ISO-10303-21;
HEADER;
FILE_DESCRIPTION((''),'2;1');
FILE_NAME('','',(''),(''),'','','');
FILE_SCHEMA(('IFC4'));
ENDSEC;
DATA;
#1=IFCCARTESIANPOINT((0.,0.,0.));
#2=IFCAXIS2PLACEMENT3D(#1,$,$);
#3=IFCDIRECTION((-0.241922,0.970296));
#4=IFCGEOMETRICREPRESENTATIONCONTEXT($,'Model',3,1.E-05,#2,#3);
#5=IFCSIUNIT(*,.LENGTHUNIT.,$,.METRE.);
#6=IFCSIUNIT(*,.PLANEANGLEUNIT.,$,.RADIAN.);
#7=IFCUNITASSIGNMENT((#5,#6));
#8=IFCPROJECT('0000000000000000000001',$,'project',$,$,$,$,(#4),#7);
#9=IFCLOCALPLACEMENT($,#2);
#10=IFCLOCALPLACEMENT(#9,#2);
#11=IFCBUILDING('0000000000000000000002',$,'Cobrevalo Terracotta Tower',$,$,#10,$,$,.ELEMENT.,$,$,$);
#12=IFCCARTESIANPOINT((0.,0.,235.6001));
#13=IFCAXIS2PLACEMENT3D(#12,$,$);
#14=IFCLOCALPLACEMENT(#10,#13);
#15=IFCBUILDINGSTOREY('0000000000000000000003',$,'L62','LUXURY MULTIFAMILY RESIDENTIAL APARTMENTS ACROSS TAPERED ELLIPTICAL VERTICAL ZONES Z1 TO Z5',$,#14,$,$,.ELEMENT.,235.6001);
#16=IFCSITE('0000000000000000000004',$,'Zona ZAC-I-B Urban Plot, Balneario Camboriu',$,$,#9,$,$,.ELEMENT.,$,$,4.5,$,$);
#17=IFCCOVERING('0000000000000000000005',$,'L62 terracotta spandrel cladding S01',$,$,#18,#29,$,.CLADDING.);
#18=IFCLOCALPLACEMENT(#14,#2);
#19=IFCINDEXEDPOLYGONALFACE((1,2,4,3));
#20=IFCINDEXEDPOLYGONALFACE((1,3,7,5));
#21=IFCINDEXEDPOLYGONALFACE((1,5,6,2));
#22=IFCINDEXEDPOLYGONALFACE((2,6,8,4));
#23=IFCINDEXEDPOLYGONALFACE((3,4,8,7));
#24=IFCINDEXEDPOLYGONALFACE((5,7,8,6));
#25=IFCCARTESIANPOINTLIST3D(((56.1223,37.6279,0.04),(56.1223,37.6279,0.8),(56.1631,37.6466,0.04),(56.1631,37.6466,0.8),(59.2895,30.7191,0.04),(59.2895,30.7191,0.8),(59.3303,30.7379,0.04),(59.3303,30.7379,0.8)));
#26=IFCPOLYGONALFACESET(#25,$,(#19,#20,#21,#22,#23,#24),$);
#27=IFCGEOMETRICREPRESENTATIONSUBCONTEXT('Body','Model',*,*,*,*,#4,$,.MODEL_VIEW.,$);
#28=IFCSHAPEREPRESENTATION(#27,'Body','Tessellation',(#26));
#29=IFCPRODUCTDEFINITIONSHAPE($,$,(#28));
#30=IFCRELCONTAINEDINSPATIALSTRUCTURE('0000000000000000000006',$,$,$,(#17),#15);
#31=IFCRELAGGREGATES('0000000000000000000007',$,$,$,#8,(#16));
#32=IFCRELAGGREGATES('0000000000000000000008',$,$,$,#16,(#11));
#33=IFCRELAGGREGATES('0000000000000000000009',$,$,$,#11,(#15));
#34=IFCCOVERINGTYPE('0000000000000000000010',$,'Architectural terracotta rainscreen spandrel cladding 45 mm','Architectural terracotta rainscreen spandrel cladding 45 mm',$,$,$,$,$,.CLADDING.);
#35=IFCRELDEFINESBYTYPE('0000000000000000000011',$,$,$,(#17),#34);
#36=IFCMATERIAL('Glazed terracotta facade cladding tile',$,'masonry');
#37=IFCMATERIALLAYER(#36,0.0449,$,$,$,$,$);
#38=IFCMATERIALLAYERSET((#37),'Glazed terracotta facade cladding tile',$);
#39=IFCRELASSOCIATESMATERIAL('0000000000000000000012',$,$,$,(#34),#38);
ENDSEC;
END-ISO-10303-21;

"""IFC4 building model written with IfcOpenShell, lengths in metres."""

from ifc_helpers import new_model, si_unit, direction, frame, origin, origin_2d, place, context, subcontext, project, spatial, rectangle, extrude, source, transform, mapped, material, layer, layer_set, type_object, element, save


model = new_model("IFC4")

# Units and contexts
model_context = context("Model", 3, precision=1e-05, world=origin(), true_north=direction((-0.241922, 0.970296)))
body_context = subcontext(model_context, "Body", "Model", "MODEL_VIEW")
ifc_project = project(units=[si_unit("LENGTHUNIT", "METRE"), si_unit("PLANEANGLEUNIT", "RADIAN")], contexts=[model_context])

# Site, building, storey
site_placement = place(None, origin())
site = spatial("IfcSite", under=ifc_project, at=site_placement, Name="Zona ZAC-I-B Urban Plot, Balneario Camboriu", CompositionType="ELEMENT", RefElevation=4.5)
building_placement = place(site_placement, origin())
building = spatial("IfcBuilding", under=site, at=building_placement, Name="Cobrevalo Terracotta Tower", CompositionType="ELEMENT")
storey_placement = place(building_placement, frame((0.0, 0.0, 235.6001)))
storey = spatial("IfcBuildingStorey", under=building, at=storey_placement, Name="L62", Description="LUXURY MULTIFAMILY RESIDENTIAL APARTMENTS ACROSS TAPERED ELLIPTICAL VERTICAL ZONES Z1 TO Z5", CompositionType="ELEMENT", Elevation=235.6001)

# Covering
ifc_material_1 = material(Name="Glazed terracotta facade cladding tile", Category="masonry")
ifc_layer_1 = layer(ifc_material_1, 0.0449)
ifc_layer_set_1 = layer_set([ifc_layer_1], Name="Glazed terracotta facade cladding tile")
covering_type = type_object("IfcCoveringType", Name="Architectural terracotta rainscreen spandrel cladding 45 mm", Description="Architectural terracotta rainscreen spandrel cladding 45 mm", PredefinedType="CLADDING", material=ifc_layer_set_1)
shared_shape_1 = source(origin(), body_context, "Body", "SweptSolid", [
    extrude(rectangle(XDim=7.6001, YDim=0.0449, at=origin_2d()), origin(), (0.0, 0.0, 1.0), 0.76),
])
covering_placement = place(storey_placement, frame((57.7263, 34.1829, 0.04), z_axis=(0.0, 0.0, 1.0), x_axis=(-0.416731, 0.90903, 0.0)))
element("IfcCovering", 1, at=covering_placement, inside=storey, type_object=covering_type, Name="L62 terracotta spandrel cladding S01", PredefinedType="CLADDING", context=body_context, shape_type="MappedRepresentation", body=[
    mapped(shared_shape_1, transform((0.0, 0.0, 0.0), scale=1.0)),
])

save(model, "model.ifc")
